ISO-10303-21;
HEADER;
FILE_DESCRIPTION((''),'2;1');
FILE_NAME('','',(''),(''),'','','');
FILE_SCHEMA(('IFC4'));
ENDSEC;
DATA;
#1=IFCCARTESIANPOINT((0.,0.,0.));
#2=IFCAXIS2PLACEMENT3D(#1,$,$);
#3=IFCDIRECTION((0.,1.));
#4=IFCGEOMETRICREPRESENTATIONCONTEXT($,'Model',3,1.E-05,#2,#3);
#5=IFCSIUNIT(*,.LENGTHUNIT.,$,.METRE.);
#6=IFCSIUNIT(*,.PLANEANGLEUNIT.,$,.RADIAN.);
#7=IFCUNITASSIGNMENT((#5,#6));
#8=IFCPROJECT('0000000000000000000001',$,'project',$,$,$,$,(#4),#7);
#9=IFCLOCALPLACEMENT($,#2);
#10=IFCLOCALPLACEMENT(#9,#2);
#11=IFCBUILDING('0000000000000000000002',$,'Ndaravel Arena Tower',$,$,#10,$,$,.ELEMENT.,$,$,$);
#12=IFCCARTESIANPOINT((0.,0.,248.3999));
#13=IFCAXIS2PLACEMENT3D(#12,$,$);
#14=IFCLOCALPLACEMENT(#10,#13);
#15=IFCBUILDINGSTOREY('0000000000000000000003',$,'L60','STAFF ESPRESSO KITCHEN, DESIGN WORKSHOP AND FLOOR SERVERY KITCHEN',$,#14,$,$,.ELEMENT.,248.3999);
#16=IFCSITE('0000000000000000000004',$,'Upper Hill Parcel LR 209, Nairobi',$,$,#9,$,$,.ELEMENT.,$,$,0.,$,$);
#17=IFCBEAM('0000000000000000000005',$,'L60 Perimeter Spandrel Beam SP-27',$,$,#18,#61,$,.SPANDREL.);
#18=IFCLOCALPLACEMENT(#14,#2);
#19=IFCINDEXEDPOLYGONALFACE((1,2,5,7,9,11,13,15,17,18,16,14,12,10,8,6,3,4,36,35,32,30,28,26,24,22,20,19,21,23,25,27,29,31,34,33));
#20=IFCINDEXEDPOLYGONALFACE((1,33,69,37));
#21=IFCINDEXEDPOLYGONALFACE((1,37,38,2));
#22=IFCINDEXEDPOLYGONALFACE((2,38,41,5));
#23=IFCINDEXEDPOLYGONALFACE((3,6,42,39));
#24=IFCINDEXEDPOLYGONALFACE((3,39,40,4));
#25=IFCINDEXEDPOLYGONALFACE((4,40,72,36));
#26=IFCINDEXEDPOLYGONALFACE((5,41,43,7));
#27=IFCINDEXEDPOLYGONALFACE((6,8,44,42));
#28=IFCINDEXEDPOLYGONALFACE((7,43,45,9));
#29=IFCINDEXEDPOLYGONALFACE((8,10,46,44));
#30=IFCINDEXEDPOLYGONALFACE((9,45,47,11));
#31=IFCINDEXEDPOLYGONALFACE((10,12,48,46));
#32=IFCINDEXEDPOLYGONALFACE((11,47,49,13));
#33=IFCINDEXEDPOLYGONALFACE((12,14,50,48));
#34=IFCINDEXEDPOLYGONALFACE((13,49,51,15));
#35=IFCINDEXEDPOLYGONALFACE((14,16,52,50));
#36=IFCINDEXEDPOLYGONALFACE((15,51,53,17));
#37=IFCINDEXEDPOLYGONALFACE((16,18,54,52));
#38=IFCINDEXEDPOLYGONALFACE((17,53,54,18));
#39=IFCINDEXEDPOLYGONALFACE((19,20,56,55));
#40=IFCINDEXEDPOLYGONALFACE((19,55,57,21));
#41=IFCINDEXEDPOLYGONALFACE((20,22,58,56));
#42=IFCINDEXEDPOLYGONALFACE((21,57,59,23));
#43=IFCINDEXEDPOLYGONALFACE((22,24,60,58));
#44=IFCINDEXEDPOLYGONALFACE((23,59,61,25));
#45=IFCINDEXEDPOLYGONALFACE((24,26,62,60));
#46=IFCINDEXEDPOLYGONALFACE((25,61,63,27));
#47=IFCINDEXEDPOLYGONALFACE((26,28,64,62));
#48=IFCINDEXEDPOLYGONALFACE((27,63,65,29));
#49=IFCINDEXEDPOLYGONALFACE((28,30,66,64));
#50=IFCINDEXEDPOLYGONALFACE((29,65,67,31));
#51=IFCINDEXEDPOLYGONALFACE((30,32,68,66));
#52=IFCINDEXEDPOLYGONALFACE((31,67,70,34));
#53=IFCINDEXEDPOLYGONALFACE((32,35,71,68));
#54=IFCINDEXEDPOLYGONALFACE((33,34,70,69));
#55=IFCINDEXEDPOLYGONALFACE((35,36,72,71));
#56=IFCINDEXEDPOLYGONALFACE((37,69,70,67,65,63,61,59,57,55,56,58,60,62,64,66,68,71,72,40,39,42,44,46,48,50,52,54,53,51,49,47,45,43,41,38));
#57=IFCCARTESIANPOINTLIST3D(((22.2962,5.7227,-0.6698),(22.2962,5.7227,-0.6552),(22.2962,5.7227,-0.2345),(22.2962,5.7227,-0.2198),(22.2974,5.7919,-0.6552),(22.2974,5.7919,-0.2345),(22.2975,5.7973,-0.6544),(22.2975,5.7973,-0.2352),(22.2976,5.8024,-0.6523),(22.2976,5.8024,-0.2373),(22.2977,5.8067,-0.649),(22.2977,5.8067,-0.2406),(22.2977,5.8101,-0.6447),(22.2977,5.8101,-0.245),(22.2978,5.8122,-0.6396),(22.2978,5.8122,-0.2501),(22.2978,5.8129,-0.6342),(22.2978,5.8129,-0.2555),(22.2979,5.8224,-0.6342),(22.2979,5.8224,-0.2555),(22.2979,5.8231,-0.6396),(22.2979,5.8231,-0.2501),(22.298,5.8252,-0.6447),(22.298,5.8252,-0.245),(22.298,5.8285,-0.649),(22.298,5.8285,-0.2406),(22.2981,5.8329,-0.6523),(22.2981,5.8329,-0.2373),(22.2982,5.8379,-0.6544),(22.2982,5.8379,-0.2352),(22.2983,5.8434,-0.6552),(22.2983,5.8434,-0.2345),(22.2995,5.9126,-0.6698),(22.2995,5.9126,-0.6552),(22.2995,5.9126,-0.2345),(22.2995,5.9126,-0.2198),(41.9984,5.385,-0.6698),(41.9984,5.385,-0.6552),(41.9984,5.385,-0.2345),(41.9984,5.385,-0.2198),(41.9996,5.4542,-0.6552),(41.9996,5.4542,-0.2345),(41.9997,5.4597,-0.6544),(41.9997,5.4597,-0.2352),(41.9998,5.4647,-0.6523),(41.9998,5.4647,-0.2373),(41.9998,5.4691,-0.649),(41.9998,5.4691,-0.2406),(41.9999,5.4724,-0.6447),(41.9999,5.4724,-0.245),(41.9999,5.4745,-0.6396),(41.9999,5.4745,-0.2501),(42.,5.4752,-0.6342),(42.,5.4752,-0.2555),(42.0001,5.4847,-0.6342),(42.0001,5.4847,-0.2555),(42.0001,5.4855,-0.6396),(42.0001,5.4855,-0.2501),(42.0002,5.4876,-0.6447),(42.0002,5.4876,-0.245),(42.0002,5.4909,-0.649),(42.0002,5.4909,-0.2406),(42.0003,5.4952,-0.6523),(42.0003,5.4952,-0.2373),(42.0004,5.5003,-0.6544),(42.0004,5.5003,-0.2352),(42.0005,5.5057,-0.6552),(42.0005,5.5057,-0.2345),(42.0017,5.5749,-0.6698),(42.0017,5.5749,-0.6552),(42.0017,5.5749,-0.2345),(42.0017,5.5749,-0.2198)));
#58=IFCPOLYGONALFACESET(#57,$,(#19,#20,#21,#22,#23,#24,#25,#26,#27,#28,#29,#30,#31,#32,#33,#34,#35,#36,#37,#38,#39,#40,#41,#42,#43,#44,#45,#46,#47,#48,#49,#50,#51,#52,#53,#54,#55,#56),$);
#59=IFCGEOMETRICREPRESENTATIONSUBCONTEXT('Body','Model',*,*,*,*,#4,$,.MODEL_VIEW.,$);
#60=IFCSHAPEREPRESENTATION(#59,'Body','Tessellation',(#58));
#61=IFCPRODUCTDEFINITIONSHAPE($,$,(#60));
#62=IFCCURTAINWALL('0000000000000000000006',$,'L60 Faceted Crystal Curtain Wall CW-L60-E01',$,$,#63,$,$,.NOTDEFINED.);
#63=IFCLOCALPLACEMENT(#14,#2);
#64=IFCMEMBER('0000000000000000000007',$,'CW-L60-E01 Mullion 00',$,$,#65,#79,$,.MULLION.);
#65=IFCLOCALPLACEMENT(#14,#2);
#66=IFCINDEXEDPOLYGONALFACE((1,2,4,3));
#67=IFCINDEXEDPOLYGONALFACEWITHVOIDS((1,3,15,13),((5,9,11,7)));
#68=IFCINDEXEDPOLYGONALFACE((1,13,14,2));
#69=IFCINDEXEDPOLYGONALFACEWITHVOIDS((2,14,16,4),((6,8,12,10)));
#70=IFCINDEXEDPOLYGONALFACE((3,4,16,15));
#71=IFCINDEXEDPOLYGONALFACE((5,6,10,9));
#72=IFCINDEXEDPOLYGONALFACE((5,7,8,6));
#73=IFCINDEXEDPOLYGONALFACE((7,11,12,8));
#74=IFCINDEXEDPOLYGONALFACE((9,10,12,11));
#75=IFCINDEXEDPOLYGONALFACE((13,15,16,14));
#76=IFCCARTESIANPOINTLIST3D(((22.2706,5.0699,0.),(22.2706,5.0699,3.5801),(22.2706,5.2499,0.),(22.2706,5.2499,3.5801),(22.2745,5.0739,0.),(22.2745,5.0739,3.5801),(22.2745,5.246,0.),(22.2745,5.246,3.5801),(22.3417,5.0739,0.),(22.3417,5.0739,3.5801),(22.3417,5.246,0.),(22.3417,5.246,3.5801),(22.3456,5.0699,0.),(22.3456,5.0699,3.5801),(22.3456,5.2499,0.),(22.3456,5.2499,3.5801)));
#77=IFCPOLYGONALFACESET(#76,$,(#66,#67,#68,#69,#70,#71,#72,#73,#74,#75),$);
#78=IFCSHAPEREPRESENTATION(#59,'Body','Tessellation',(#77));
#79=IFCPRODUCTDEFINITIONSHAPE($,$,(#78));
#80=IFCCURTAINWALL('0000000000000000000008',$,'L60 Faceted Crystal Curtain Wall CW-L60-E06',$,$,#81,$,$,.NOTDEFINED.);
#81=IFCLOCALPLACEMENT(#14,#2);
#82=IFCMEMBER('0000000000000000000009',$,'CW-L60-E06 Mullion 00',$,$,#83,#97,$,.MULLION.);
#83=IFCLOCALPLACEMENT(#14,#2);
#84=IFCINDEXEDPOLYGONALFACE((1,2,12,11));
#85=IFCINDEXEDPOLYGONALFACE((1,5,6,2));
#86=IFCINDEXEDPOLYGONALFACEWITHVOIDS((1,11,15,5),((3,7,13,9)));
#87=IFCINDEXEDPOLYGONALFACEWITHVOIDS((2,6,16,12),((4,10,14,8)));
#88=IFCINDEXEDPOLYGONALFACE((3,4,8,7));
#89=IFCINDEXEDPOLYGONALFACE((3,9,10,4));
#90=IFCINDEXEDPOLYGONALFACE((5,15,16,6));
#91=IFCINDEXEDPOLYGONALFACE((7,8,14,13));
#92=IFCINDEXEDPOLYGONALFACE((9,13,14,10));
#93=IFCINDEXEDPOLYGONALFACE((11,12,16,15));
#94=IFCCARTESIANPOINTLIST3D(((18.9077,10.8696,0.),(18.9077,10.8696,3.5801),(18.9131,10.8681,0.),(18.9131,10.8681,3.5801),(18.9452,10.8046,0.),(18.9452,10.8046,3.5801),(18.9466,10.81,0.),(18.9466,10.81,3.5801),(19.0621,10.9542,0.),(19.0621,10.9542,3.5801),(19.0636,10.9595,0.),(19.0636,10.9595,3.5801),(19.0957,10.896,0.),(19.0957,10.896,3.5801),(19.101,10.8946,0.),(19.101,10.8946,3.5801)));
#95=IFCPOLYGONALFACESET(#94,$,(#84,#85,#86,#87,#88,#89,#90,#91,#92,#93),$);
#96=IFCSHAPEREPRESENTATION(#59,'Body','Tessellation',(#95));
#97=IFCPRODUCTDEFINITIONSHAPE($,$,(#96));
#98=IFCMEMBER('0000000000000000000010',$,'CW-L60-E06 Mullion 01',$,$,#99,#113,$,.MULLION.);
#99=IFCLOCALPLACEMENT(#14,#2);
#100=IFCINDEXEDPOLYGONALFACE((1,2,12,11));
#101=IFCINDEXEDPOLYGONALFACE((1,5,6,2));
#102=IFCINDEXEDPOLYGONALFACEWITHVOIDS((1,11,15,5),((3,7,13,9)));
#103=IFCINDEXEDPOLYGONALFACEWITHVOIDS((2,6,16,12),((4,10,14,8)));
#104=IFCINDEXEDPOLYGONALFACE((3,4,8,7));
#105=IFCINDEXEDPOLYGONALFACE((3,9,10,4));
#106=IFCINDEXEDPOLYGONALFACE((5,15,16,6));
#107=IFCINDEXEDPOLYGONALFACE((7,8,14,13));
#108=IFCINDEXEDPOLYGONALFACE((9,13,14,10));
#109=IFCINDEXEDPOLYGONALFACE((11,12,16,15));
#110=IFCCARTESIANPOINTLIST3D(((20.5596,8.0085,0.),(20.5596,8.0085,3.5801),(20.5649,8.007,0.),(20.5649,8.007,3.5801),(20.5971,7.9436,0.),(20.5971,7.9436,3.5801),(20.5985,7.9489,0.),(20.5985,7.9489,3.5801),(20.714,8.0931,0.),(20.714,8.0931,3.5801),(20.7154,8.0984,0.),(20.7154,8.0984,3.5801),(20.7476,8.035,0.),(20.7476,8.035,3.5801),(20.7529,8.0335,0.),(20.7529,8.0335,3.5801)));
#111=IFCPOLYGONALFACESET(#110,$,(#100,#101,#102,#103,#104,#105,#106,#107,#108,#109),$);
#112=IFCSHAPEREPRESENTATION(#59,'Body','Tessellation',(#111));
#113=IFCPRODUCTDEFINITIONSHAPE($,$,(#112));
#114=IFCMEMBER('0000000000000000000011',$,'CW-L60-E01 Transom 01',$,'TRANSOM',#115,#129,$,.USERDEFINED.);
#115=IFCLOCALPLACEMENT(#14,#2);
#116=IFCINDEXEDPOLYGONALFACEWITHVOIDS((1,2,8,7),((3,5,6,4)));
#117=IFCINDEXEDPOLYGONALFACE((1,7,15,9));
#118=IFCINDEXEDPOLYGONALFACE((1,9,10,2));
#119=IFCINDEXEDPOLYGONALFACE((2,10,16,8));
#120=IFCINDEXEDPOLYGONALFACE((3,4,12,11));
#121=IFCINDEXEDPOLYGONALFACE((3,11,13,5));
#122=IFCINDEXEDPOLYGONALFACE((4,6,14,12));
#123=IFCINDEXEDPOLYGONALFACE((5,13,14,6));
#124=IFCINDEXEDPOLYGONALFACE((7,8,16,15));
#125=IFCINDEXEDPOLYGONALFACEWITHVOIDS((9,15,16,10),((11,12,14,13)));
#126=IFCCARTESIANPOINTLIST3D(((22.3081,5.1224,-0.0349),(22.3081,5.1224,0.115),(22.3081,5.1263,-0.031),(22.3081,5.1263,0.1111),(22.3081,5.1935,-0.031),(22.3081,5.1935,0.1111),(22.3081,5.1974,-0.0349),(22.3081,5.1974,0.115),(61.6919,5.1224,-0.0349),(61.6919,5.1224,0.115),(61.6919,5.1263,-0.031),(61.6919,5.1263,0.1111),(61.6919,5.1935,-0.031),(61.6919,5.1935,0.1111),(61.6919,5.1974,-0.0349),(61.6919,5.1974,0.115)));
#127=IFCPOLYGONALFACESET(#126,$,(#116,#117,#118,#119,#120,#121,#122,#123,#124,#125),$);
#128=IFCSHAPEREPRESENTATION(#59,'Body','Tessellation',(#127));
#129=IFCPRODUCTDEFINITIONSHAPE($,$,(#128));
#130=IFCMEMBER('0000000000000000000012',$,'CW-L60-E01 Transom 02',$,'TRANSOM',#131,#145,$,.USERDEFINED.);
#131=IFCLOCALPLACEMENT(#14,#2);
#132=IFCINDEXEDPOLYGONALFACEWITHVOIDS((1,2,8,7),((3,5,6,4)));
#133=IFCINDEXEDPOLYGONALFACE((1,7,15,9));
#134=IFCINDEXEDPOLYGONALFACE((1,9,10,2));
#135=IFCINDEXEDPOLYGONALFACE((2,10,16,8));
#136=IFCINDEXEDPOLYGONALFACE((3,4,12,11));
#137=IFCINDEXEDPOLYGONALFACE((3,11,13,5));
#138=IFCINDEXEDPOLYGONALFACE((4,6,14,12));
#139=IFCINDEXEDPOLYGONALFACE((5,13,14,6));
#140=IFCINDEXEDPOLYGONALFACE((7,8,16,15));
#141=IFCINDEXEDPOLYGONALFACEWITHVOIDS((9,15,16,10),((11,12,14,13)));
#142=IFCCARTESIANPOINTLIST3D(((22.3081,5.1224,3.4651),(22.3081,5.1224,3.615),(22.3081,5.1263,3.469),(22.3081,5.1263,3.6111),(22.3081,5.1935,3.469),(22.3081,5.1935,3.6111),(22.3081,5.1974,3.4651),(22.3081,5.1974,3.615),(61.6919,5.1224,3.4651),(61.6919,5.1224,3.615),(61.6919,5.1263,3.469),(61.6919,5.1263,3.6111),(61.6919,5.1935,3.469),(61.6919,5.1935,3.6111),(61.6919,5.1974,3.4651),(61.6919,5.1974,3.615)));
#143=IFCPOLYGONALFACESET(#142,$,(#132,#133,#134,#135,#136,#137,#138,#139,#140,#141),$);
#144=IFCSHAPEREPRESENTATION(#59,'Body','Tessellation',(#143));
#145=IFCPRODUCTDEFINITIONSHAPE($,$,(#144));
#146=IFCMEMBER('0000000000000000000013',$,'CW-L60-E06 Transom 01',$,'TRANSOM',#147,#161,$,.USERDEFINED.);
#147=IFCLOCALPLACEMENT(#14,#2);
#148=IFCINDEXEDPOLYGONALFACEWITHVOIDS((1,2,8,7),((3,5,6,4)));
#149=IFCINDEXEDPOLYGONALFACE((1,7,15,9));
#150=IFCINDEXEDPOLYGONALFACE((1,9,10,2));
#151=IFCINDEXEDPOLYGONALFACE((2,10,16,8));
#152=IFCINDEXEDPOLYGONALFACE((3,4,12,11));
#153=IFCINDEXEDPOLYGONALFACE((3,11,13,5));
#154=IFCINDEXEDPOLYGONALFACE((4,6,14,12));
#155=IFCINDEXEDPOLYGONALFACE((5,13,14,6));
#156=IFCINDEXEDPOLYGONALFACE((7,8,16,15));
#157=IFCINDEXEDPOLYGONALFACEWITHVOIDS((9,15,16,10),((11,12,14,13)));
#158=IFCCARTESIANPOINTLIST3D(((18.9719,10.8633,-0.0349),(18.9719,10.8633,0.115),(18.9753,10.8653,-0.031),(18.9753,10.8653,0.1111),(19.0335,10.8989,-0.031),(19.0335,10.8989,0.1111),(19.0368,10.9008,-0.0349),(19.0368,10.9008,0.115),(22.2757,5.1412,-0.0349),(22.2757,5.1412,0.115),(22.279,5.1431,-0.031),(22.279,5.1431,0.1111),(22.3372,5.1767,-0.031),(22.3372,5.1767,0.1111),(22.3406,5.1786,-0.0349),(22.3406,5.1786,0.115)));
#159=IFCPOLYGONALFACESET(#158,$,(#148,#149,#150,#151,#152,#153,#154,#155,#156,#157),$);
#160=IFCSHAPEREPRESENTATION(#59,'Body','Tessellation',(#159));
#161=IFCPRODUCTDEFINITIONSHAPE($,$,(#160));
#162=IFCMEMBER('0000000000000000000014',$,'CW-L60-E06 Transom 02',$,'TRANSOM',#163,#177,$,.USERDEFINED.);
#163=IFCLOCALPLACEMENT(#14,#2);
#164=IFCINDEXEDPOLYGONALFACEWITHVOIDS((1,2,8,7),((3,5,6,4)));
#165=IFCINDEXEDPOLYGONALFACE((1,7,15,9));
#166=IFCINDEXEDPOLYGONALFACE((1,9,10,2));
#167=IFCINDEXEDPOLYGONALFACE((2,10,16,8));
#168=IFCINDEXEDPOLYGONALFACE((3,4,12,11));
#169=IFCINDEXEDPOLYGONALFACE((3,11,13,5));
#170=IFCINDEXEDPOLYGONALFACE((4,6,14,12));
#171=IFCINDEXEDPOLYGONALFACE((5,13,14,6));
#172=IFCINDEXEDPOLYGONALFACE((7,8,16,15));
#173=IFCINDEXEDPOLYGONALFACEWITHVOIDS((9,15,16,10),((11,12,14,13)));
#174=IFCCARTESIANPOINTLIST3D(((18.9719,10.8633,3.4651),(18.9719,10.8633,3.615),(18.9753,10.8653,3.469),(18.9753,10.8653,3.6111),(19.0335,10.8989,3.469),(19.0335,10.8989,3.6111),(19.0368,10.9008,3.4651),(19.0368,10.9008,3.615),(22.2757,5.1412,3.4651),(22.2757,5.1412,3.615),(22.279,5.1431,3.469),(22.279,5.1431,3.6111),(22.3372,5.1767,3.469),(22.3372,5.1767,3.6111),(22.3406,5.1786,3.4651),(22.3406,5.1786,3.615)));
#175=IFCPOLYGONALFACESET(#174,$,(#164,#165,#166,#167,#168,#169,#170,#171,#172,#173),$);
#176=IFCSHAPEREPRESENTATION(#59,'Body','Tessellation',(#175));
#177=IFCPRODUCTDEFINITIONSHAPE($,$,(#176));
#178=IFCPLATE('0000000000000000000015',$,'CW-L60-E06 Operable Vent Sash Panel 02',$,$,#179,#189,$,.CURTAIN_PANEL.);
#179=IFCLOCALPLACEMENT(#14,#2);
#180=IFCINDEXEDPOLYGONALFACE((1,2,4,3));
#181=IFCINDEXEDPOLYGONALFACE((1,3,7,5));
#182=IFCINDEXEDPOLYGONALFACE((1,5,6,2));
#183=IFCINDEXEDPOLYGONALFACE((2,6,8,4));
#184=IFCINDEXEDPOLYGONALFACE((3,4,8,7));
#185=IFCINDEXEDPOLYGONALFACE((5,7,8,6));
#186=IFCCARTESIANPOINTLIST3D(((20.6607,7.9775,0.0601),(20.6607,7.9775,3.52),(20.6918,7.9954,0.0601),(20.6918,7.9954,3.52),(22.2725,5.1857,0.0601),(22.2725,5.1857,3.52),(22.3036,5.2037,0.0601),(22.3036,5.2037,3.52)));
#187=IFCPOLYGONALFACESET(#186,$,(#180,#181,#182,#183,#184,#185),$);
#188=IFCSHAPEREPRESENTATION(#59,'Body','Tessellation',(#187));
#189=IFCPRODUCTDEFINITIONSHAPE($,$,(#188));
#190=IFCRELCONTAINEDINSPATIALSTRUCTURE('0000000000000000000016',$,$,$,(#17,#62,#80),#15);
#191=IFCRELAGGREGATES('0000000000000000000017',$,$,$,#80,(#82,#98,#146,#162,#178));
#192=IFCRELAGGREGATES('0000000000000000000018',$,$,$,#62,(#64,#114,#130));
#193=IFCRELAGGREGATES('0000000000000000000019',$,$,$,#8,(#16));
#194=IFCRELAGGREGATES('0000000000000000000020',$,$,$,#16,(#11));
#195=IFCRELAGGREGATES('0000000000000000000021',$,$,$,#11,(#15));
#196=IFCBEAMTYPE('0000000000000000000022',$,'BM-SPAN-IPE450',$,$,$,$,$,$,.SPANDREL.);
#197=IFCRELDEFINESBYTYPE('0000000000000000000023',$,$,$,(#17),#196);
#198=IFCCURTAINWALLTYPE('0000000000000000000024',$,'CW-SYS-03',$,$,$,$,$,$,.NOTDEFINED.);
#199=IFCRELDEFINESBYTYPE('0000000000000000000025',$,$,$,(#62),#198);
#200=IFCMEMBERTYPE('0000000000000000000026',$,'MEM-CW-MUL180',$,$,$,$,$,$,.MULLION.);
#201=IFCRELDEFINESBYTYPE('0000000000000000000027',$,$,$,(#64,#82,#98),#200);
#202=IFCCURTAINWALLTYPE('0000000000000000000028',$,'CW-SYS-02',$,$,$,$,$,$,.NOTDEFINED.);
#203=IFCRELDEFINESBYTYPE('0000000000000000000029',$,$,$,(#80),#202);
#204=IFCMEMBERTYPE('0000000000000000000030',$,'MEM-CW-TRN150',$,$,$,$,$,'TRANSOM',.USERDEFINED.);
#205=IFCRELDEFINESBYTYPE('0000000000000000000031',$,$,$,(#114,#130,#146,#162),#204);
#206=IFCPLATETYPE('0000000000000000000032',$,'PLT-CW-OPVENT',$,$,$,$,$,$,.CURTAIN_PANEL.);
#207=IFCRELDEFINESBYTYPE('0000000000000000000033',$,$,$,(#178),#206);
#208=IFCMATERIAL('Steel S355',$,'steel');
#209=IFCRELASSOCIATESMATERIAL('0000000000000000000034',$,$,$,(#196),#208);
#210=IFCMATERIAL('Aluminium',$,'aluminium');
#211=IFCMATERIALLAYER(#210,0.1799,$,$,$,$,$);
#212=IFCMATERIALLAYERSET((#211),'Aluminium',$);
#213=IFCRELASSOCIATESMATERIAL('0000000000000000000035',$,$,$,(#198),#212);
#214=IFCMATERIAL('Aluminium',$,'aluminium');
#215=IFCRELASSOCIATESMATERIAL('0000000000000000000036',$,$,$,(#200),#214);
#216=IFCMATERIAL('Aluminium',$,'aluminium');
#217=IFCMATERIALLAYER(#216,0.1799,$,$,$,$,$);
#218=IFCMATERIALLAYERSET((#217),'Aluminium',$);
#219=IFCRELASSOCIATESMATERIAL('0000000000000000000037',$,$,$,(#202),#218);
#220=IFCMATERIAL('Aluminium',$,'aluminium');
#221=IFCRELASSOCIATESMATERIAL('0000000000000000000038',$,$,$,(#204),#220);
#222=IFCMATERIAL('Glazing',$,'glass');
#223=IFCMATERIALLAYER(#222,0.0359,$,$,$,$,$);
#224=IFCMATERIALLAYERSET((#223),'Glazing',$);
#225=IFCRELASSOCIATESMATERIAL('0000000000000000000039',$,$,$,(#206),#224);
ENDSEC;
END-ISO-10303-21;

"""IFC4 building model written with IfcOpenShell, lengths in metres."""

from ifc_helpers import new_model, si_unit, direction, frame, origin, origin_2d, place, context, subcontext, project, spatial, rectangle, hollow_rectangle, i_section, extrude, material, layer, layer_set, material_profile, profile_set, type_object, element, aggregate, save


model = new_model("IFC4")

# Units and contexts
model_context = context("Model", 3, precision=1e-05, world=origin(), true_north=direction((0.0, 1.0)))
body_context = subcontext(model_context, "Body", "Model", "MODEL_VIEW")
ifc_project = project(units=[si_unit("LENGTHUNIT", "METRE"), si_unit("PLANEANGLEUNIT", "RADIAN")], contexts=[model_context])

# Site, building, storey
site_placement = place(None, origin())
site = spatial("IfcSite", under=ifc_project, at=site_placement, Name="Upper Hill Parcel LR 209, Nairobi", CompositionType="ELEMENT", RefElevation=0.0)
building_placement = place(site_placement, origin())
building = spatial("IfcBuilding", under=site, at=building_placement, Name="Ndaravel Arena Tower", CompositionType="ELEMENT")
storey_placement = place(building_placement, frame((0.0, 0.0, 248.3999)))
storey = spatial("IfcBuildingStorey", under=building, at=storey_placement, Name="L60", Description="STAFF ESPRESSO KITCHEN, DESIGN WORKSHOP AND FLOOR SERVERY KITCHEN", CompositionType="ELEMENT", Elevation=248.3999)

# Beam
ifc_material_1 = material(Name="Steel S355", Category="steel")
ifc_material_profile_1 = material_profile(ifc_material_1, i_section(OverallWidth=0.1899, OverallDepth=0.45, WebThickness=0.0095, FlangeThickness=0.0146, FilletRadius=0.021, at=origin_2d()), Name="IPE 450")
ifc_profile_set_1 = profile_set([ifc_material_profile_1], Name="Steel S355")
beam_type = type_object("IfcBeamType", Name="BM-SPAN-IPE450", PredefinedType="SPANDREL", material=ifc_profile_set_1)
beam_placement = place(storey_placement, frame((22.2979, 5.8176, -0.4448), z_axis=(0.999853, -0.017135, 0.0), x_axis=(0.017135, 0.999853, 0.0)))
element("IfcBeam", 1, at=beam_placement, inside=storey, type_object=beam_type, Name="L60 Perimeter Spandrel Beam SP-27", PredefinedType="SPANDREL", context=body_context, shape_type="SweptSolid", body=[
    extrude(i_section(OverallWidth=0.1899, OverallDepth=0.45, WebThickness=0.0095, FlangeThickness=0.0146, FilletRadius=0.021, at=origin_2d()), origin(), (0.0, 0.0, 1.0), 19.7051),
])

# Curtain wall, member
ifc_material_2 = material(Name="Aluminium", Category="aluminium")
ifc_layer_1 = layer(ifc_material_2, 0.1799)
ifc_layer_set_1 = layer_set([ifc_layer_1], Name="Aluminium")
curtain_wall_type_1 = type_object("IfcCurtainWallType", Name="CW-SYS-03", PredefinedType="NOTDEFINED", material=ifc_layer_set_1)
curtain_wall_1_placement = place(storey_placement, origin())
curtain_wall_1 = element("IfcCurtainWall", 2, at=curtain_wall_1_placement, inside=storey, type_object=curtain_wall_type_1, Name="L60 Faceted Crystal Curtain Wall CW-L60-E01", PredefinedType="NOTDEFINED")
ifc_material_3 = material(Name="Aluminium", Category="aluminium")
ifc_material_profile_2 = material_profile(ifc_material_3, hollow_rectangle(XDim=0.075, YDim=0.1799, WallThickness=0.0039, at=origin_2d()), Name="CW MULLION 75x180x4")
ifc_profile_set_2 = profile_set([ifc_material_profile_2], Name="Aluminium")
member_type_1 = type_object("IfcMemberType", Name="MEM-CW-MUL180", PredefinedType="MULLION", material=ifc_profile_set_2)
member_1_placement = place(storey_placement, frame((22.3081, 5.1599, 0.0), z_axis=(0.0, 0.0, 1.0), x_axis=(1.0, 0.0, 0.0)))
member_1 = element("IfcMember", 3, at=member_1_placement, type_object=member_type_1, Name="CW-L60-E01 Mullion 00", PredefinedType="MULLION", context=body_context, shape_type="SweptSolid", body=[
    extrude(hollow_rectangle(XDim=0.075, YDim=0.1799, WallThickness=0.0039, at=origin_2d()), origin(), (0.0, 0.0, 1.0), 3.5801),
])

# Curtain wall, members
ifc_material_4 = material(Name="Aluminium", Category="aluminium")
ifc_layer_2 = layer(ifc_material_4, 0.1799)
ifc_layer_set_2 = layer_set([ifc_layer_2], Name="Aluminium")
curtain_wall_type_2 = type_object("IfcCurtainWallType", Name="CW-SYS-02", PredefinedType="NOTDEFINED", material=ifc_layer_set_2)
curtain_wall_2_placement = place(storey_placement, origin())
curtain_wall_2 = element("IfcCurtainWall", 4, at=curtain_wall_2_placement, inside=storey, type_object=curtain_wall_type_2, Name="L60 Faceted Crystal Curtain Wall CW-L60-E06", PredefinedType="NOTDEFINED")
member_2_placement = place(storey_placement, frame((19.0044, 10.8821, 0.0), z_axis=(0.0, 0.0, 1.0), x_axis=(0.5, -0.866025, 0.0)))
member_2 = element("IfcMember", 5, at=member_2_placement, type_object=member_type_1, Name="CW-L60-E06 Mullion 00", PredefinedType="MULLION", context=body_context, shape_type="SweptSolid", body=[
    extrude(hollow_rectangle(XDim=0.075, YDim=0.1799, WallThickness=0.0039, at=origin_2d()), origin(), (0.0, 0.0, 1.0), 3.5801),
])
member_3_placement = place(storey_placement, frame((20.6562, 8.021, 0.0), z_axis=(0.0, 0.0, 1.0), x_axis=(0.5, -0.866025, 0.0)))
member_3 = element("IfcMember", 6, at=member_3_placement, type_object=member_type_1, Name="CW-L60-E06 Mullion 01", PredefinedType="MULLION", context=body_context, shape_type="SweptSolid", body=[
    extrude(hollow_rectangle(XDim=0.075, YDim=0.1799, WallThickness=0.0039, at=origin_2d()), origin(), (0.0, 0.0, 1.0), 3.5801),
])

# Members
ifc_material_5 = material(Name="Aluminium", Category="aluminium")
ifc_material_profile_3 = material_profile(ifc_material_5, hollow_rectangle(XDim=0.075, YDim=0.1499, WallThickness=0.0039, at=origin_2d()), Name="CW TRANSOM 75x150x4")
ifc_profile_set_3 = profile_set([ifc_material_profile_3], Name="Aluminium")
member_type_2 = type_object("IfcMemberType", Name="MEM-CW-TRN150", ElementType="TRANSOM", PredefinedType="USERDEFINED", material=ifc_profile_set_3)
member_4_placement = place(storey_placement, frame((22.3081, 5.1599, 0.04), z_axis=(1.0, 0.0, 0.0), x_axis=(0.0, 1.0, 0.0)))
member_4 = element("IfcMember", 7, at=member_4_placement, type_object=member_type_2, Name="CW-L60-E01 Transom 01", ObjectType="TRANSOM", PredefinedType="USERDEFINED", context=body_context, shape_type="SweptSolid", body=[
    extrude(hollow_rectangle(XDim=0.075, YDim=0.1499, WallThickness=0.0039, at=origin_2d()), origin(), (0.0, 0.0, 1.0), 39.3838),
])
member_5_placement = place(storey_placement, frame((22.3081, 5.1599, 3.54), z_axis=(1.0, 0.0, 0.0), x_axis=(0.0, 1.0, 0.0)))
member_5 = element("IfcMember", 8, at=member_5_placement, type_object=member_type_2, Name="CW-L60-E01 Transom 02", ObjectType="TRANSOM", PredefinedType="USERDEFINED", context=body_context, shape_type="SweptSolid", body=[
    extrude(hollow_rectangle(XDim=0.075, YDim=0.1499, WallThickness=0.0039, at=origin_2d()), origin(), (0.0, 0.0, 1.0), 39.3838),
])
member_6_placement = place(storey_placement, frame((19.0044, 10.8821, 0.04), z_axis=(0.500002, -0.866024, 0.0), x_axis=(0.866024, 0.500002, 0.0)))
member_6 = element("IfcMember", 9, at=member_6_placement, type_object=member_type_2, Name="CW-L60-E06 Transom 01", ObjectType="TRANSOM", PredefinedType="USERDEFINED", context=body_context, shape_type="SweptSolid", body=[
    extrude(hollow_rectangle(XDim=0.075, YDim=0.1499, WallThickness=0.0039, at=origin_2d()), origin(), (0.0, 0.0, 1.0), 6.6074),
])
member_7_placement = place(storey_placement, frame((19.0044, 10.8821, 3.54), z_axis=(0.500002, -0.866024, 0.0), x_axis=(0.866024, 0.500002, 0.0)))
member_7 = element("IfcMember", 10, at=member_7_placement, type_object=member_type_2, Name="CW-L60-E06 Transom 02", ObjectType="TRANSOM", PredefinedType="USERDEFINED", context=body_context, shape_type="SweptSolid", body=[
    extrude(hollow_rectangle(XDim=0.075, YDim=0.1499, WallThickness=0.0039, at=origin_2d()), origin(), (0.0, 0.0, 1.0), 6.6074),
])

# Plate
ifc_material_6 = material(Name="Glazing", Category="glass")
ifc_layer_3 = layer(ifc_material_6, 0.0359)
ifc_layer_set_3 = layer_set([ifc_layer_3], Name="Glazing")
plate_type_1 = type_object("IfcPlateType", Name="PLT-CW-OPVENT", PredefinedType="CURTAIN_PANEL", material=ifc_layer_set_3)
plate_1_placement = place(storey_placement, frame((21.4822, 6.5906, 0.0601), z_axis=(0.0, 0.0, 1.0), x_axis=(0.5, -0.866025, 0.0)))
plate_1 = element("IfcPlate", 11, at=plate_1_placement, type_object=plate_type_1, Name="CW-L60-E06 Operable Vent Sash Panel 02", PredefinedType="CURTAIN_PANEL", context=body_context, shape_type="SweptSolid", body=[
    extrude(rectangle(XDim=3.2236, YDim=0.0359, at=origin_2d()), origin(), (0.0, 0.0, 1.0), 3.46),
])
aggregate(curtain_wall_2, [member_2, member_3, member_6, member_7, plate_1])
aggregate(curtain_wall_1, [member_1, member_4, member_5])

save(model, "model.ifc")
